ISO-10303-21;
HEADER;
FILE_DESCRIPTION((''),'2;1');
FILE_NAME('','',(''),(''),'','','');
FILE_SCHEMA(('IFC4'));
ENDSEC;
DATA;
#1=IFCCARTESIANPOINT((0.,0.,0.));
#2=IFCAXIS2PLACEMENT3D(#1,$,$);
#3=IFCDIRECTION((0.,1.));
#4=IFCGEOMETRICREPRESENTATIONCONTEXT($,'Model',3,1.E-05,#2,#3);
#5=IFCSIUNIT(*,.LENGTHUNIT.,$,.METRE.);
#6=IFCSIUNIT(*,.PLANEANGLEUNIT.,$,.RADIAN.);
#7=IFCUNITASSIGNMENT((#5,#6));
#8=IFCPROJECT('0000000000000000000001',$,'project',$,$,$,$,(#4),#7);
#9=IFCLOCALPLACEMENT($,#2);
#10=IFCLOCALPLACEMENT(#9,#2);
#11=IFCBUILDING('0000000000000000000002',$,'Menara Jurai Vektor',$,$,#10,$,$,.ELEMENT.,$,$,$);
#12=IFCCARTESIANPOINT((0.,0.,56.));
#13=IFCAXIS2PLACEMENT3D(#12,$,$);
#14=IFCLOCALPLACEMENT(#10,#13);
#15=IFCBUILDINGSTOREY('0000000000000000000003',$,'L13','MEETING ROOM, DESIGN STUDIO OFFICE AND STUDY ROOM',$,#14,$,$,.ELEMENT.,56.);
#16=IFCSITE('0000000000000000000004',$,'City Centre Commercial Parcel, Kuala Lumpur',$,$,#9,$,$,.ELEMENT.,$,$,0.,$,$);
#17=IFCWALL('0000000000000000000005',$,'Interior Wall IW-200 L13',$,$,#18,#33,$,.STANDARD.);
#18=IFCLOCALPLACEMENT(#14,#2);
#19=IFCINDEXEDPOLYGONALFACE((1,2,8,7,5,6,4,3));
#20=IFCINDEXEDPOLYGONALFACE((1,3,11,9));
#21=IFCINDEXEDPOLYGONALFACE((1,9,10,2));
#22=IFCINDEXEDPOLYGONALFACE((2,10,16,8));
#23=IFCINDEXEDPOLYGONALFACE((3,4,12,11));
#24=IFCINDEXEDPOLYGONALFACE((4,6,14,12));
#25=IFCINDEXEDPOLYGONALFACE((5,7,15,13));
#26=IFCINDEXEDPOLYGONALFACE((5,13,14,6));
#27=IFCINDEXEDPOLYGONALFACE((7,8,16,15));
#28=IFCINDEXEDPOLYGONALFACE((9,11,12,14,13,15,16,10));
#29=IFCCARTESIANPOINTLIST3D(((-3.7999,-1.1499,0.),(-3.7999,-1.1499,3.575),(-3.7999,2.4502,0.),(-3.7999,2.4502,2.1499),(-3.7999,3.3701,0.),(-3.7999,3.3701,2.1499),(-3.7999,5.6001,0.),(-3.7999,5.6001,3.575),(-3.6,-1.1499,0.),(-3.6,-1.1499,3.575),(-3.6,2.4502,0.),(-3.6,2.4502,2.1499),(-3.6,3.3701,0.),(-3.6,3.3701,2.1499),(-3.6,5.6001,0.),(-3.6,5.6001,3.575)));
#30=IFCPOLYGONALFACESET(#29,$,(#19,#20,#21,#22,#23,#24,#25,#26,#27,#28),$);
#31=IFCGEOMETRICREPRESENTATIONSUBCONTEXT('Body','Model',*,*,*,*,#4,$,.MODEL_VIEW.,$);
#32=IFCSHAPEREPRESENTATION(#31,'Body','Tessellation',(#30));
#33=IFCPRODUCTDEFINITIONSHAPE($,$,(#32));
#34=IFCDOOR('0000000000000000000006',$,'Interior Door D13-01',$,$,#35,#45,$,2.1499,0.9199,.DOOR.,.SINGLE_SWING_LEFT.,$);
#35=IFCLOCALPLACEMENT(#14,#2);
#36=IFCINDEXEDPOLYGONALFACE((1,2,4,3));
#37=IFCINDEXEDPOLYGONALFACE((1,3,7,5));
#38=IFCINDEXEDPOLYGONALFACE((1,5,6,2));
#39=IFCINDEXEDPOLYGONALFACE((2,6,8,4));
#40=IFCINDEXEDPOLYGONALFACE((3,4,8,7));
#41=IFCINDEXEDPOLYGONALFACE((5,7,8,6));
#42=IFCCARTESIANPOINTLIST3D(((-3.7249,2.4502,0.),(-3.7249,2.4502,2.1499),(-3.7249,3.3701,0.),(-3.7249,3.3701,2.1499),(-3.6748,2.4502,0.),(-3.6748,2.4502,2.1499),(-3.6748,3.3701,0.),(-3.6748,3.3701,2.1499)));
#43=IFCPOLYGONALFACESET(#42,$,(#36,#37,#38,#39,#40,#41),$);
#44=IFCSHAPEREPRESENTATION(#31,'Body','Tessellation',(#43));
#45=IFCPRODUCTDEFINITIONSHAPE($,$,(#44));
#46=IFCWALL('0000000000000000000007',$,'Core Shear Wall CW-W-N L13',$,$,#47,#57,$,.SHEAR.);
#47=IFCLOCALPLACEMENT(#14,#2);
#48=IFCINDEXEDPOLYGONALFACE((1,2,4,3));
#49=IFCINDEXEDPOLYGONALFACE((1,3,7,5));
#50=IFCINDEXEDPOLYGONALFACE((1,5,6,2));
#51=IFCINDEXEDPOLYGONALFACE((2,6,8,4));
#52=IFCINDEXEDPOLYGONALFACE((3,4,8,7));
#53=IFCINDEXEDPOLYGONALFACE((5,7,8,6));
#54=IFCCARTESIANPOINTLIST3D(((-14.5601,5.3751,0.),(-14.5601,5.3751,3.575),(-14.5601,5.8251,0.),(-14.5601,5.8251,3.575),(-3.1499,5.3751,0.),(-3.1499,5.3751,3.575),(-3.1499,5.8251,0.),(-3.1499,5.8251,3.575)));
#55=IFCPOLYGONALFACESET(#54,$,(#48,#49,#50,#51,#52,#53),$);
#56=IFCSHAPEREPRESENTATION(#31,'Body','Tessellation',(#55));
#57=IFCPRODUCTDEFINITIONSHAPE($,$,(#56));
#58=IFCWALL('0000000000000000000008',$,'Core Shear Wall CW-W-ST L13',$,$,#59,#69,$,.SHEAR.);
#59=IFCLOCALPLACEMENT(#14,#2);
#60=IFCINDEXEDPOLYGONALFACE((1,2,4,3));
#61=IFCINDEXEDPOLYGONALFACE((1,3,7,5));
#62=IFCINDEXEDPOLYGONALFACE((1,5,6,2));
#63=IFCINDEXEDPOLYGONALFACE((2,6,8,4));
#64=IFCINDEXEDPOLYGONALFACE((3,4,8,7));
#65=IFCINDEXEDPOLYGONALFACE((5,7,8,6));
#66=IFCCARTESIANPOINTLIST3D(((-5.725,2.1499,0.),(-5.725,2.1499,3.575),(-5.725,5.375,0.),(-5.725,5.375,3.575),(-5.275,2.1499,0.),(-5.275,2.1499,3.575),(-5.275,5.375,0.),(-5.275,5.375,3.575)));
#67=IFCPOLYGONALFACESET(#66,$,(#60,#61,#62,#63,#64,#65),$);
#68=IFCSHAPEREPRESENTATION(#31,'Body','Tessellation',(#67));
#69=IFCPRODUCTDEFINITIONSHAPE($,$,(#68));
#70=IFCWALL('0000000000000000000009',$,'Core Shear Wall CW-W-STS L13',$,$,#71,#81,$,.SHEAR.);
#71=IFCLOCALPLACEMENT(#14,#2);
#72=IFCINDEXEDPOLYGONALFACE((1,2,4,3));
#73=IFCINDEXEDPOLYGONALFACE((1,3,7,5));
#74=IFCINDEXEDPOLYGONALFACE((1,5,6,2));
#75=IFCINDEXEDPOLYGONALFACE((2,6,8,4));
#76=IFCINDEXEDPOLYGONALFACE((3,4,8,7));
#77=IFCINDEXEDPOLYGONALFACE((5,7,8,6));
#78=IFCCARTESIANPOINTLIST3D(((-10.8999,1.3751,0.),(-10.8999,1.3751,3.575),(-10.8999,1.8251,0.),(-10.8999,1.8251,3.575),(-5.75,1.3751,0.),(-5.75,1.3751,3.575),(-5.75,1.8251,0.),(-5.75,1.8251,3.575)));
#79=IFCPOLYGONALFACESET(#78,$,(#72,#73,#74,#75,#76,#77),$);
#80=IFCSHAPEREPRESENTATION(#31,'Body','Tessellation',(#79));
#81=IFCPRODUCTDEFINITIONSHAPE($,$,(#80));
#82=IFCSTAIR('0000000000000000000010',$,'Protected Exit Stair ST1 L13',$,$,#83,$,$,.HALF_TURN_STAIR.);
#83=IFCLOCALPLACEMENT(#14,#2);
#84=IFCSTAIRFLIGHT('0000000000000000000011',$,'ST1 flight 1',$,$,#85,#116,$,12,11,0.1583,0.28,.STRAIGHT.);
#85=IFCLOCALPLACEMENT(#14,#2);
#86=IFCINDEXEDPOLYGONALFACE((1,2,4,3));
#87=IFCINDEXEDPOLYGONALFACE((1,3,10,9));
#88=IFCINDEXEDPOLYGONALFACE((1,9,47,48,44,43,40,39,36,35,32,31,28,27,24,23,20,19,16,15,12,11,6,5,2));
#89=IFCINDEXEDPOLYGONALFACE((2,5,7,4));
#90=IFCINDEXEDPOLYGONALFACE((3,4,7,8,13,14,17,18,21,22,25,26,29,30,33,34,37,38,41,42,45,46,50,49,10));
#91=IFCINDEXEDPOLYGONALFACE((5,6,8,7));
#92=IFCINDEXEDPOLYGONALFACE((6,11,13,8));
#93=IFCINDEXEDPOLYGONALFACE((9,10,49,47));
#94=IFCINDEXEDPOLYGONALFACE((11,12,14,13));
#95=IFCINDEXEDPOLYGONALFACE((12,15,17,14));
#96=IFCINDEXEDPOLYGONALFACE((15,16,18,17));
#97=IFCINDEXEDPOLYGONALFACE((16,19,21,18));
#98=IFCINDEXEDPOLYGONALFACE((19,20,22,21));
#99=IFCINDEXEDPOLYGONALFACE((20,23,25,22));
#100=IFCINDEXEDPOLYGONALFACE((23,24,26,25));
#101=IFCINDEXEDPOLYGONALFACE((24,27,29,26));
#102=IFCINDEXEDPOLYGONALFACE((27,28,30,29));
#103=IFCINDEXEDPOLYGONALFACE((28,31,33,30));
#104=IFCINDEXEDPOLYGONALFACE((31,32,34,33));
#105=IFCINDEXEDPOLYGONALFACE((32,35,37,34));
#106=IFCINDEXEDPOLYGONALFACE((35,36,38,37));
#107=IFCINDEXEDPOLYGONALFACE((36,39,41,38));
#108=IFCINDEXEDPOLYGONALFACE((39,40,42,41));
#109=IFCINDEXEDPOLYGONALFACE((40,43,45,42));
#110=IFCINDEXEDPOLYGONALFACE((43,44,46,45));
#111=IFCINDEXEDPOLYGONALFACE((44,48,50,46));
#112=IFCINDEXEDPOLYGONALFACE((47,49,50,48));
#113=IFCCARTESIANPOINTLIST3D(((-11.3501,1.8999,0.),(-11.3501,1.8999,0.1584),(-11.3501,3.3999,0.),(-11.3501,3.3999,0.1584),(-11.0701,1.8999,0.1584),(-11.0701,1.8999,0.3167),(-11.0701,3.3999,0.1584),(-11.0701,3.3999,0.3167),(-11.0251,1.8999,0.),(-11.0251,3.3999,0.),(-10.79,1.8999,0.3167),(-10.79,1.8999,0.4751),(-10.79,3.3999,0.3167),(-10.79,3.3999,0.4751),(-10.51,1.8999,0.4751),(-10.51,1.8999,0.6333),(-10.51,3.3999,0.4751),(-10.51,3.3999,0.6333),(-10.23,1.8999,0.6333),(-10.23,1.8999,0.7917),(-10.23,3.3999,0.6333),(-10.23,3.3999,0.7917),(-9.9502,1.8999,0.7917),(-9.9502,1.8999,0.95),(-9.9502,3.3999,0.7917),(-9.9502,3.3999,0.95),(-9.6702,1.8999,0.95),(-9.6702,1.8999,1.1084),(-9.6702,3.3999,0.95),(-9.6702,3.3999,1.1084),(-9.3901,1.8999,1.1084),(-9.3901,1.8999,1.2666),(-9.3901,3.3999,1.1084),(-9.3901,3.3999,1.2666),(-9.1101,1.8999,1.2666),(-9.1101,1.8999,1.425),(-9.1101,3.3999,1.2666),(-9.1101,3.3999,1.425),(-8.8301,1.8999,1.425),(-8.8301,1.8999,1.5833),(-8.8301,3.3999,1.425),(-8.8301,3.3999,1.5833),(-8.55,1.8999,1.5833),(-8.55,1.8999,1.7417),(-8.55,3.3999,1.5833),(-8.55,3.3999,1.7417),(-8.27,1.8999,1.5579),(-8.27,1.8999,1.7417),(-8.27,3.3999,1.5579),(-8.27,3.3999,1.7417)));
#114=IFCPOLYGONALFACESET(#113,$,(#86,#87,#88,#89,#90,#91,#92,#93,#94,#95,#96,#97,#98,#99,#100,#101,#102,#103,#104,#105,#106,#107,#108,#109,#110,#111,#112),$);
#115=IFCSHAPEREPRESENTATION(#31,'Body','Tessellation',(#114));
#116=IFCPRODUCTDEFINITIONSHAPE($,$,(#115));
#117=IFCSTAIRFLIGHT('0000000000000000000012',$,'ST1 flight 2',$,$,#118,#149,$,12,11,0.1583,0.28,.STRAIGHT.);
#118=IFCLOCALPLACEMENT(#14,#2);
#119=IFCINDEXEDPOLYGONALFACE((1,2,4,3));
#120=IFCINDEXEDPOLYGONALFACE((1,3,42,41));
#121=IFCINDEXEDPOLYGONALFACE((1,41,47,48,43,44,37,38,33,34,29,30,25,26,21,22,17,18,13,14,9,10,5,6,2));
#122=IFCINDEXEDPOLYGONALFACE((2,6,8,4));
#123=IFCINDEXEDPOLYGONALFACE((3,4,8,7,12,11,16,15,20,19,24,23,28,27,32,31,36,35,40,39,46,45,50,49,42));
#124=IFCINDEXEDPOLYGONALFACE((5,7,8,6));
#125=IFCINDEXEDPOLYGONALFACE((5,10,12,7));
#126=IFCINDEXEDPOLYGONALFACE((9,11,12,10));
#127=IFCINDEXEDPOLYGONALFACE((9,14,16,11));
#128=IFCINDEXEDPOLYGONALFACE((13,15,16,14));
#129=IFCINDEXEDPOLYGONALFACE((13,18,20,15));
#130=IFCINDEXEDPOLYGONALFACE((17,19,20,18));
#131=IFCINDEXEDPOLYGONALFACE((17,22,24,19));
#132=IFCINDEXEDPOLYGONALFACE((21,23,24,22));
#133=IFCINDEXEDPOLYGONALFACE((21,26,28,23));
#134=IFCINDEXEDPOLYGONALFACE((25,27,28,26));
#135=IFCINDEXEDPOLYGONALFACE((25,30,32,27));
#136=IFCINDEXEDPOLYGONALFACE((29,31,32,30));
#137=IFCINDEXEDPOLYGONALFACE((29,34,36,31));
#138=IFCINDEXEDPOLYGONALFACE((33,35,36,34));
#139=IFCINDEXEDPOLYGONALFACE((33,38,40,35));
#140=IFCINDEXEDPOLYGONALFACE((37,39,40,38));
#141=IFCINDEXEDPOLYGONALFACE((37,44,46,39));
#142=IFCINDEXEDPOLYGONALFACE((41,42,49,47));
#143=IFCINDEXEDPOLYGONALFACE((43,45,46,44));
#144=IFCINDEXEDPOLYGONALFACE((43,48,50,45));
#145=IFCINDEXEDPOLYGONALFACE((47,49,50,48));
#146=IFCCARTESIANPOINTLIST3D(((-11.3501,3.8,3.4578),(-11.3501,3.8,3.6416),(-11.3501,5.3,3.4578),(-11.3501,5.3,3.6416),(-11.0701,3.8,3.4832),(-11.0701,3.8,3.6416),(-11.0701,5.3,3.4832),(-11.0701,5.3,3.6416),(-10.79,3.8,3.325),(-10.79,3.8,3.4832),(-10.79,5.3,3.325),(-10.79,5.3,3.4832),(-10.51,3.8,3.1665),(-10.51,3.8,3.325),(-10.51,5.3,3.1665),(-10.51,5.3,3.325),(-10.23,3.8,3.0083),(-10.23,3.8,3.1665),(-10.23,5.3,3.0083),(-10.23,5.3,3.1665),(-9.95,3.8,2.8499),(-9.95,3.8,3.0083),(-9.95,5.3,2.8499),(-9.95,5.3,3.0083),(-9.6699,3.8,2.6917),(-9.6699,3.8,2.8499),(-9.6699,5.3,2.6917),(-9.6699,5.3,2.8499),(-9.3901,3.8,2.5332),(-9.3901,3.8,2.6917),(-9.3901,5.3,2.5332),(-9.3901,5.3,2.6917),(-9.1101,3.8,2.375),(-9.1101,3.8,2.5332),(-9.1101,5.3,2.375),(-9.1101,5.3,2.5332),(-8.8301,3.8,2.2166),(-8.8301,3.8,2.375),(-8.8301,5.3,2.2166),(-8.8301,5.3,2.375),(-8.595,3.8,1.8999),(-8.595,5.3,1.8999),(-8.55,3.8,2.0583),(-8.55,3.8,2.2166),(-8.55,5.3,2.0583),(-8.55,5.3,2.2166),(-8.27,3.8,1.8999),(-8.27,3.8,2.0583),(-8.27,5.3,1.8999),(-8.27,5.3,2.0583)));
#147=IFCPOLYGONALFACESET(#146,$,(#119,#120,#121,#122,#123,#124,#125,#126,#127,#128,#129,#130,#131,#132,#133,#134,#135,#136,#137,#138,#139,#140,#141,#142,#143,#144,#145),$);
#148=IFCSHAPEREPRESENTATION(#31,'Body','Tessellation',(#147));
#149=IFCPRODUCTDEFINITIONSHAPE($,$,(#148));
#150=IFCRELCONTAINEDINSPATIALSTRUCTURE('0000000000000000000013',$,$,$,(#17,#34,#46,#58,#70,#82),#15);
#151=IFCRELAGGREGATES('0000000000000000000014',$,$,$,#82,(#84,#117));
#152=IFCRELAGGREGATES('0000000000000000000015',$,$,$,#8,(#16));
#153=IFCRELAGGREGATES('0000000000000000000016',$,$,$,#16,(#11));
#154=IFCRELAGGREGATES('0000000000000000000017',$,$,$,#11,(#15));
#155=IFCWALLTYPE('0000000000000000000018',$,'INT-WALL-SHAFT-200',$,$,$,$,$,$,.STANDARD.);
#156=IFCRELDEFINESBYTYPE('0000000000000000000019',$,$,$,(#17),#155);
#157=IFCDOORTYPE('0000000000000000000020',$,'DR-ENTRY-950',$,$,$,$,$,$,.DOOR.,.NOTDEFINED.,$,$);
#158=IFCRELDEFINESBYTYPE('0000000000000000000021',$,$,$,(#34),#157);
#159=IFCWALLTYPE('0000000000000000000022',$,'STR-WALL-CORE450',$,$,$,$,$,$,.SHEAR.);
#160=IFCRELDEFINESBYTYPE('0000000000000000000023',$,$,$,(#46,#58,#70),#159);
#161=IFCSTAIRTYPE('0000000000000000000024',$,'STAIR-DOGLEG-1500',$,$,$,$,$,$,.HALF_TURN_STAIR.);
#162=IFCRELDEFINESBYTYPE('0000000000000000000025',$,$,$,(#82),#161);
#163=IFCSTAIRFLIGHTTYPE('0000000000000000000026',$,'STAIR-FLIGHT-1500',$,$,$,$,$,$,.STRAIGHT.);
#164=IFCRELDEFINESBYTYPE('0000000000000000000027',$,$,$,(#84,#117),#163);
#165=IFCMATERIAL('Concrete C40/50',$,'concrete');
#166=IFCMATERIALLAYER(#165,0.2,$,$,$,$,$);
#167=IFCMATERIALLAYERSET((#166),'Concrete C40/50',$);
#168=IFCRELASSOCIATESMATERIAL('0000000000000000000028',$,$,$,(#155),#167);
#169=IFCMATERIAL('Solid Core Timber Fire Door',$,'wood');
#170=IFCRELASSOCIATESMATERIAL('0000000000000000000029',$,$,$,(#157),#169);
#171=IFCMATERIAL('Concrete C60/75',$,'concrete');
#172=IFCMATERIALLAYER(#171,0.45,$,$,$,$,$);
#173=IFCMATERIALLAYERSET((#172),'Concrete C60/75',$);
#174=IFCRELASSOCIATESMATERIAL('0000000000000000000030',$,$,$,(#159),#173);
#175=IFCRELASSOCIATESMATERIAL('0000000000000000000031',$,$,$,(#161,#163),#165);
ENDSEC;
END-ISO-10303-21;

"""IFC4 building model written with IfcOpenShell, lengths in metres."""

from ifc_helpers import new_model, si_unit, direction, frame, frame_2d, origin, place, context, subcontext, project, spatial, polyline, rectangle, outline, extrude, material, layer, layer_set, type_object, element, fill, aggregate, save


model = new_model("IFC4")

# Units and contexts
model_context = context("Model", 3, precision=1e-05, world=origin(), true_north=direction((0.0, 1.0)))
body_context = subcontext(model_context, "Body", "Model", "MODEL_VIEW")
ifc_project = project(units=[si_unit("LENGTHUNIT", "METRE"), si_unit("PLANEANGLEUNIT", "RADIAN")], contexts=[model_context])

# Site, building, storey
site_placement = place(None, origin())
site = spatial("IfcSite", under=ifc_project, at=site_placement, Name="City Centre Commercial Parcel, Kuala Lumpur", CompositionType="ELEMENT", RefElevation=0.0)
building_placement = place(site_placement, origin())
building = spatial("IfcBuilding", under=site, at=building_placement, Name="Menara Jurai Vektor", CompositionType="ELEMENT")
storey_placement = place(building_placement, frame((0.0, 0.0, 56.0)))
storey = spatial("IfcBuildingStorey", under=building, at=storey_placement, Name="L13", Description="MEETING ROOM, DESIGN STUDIO OFFICE AND STUDY ROOM", CompositionType="ELEMENT", Elevation=56.0)

# Shared definitions
ifc_material_1 = material(Name="Concrete C60/75", Category="concrete")

# Shared definitions
ifc_material_2 = material(Name="Concrete C40/50", Category="concrete")

# Wall, opening, door
ifc_layer_1 = layer(ifc_material_2, 0.2)
ifc_layer_set_1 = layer_set([ifc_layer_1], Name="Concrete C40/50")
wall_type_1 = type_object("IfcWallType", Name="INT-WALL-SHAFT-200", PredefinedType="STANDARD", material=ifc_layer_set_1)
wall_1_placement = place(storey_placement, frame((-3.7, -1.1499, 0.0), z_axis=(0.0, 0.0, 1.0), x_axis=(0.0, 1.0, 0.0)))
wall_1 = element("IfcWall", 1, at=wall_1_placement, inside=storey, type_object=wall_type_1, Name="Interior Wall IW-200 L13", PredefinedType="STANDARD", context=body_context, shape_type="SweptSolid", body=[
    extrude(rectangle(XDim=6.75, YDim=0.2, at=frame_2d((3.375, 0.0))), origin(), (0.0, 0.0, 1.0), 3.575),
])
opening_1_placement = place(wall_1_placement, frame((3.6001, 0.0, 0.0)))
opening_1 = element("IfcOpeningElement", 2, at=opening_1_placement, cuts=wall_1, PredefinedType="OPENING", context=body_context, shape_type="SweptSolid", body=[
    extrude(rectangle(XDim=0.9199, YDim=2.1499, at=frame_2d((0.46, 1.075))), frame((0.0, 0.1099, 0.0), z_axis=(0.0, -1.0, 0.0), x_axis=(1.0, 0.0, 0.0)), (0.0, 0.0, 1.0), 0.22),
])
ifc_material_3 = material(Name="Solid Core Timber Fire Door", Category="wood")
door_type_1 = type_object("IfcDoorType", Name="DR-ENTRY-950", OperationType="NOTDEFINED", PredefinedType="DOOR", material=ifc_material_3)
door_1_placement = place(opening_1_placement, origin())
door_1 = element("IfcDoor", 3, at=door_1_placement, inside=storey, type_object=door_type_1, Name="Interior Door D13-01", OperationType="SINGLE_SWING_LEFT", OverallHeight=2.1499, OverallWidth=0.9199, PredefinedType="DOOR", context=body_context, shape_type="SweptSolid", body=[
    extrude(rectangle(XDim=0.9199, YDim=2.1499, at=frame_2d((0.46, 1.075))), frame((0.0, 0.0249, 0.0), z_axis=(0.0, -1.0, 0.0), x_axis=(1.0, 0.0, 0.0)), (0.0, 0.0, 1.0), 0.05),
])
fill(opening_1, door_1)

# Walls
ifc_layer_2 = layer(ifc_material_1, 0.45)
ifc_layer_set_2 = layer_set([ifc_layer_2], Name="Concrete C60/75")
wall_type_2 = type_object("IfcWallType", Name="STR-WALL-CORE450", PredefinedType="SHEAR", material=ifc_layer_set_2)
wall_2_placement = place(storey_placement, frame((-14.5601, 5.6001, 0.0), z_axis=(0.0, 0.0, 1.0), x_axis=(1.0, 0.0, 0.0)))
element("IfcWall", 4, at=wall_2_placement, inside=storey, type_object=wall_type_2, Name="Core Shear Wall CW-W-N L13", PredefinedType="SHEAR", context=body_context, shape_type="SweptSolid", body=[
    extrude(rectangle(XDim=11.4102, YDim=0.45, at=frame_2d((5.7051, 0.0))), origin(), (0.0, 0.0, 1.0), 3.575),
])
wall_3_placement = place(storey_placement, frame((-5.5, 2.1499, 0.0), z_axis=(0.0, 0.0, 1.0), x_axis=(0.0, 1.0, 0.0)))
element("IfcWall", 5, at=wall_3_placement, inside=storey, type_object=wall_type_2, Name="Core Shear Wall CW-W-ST L13", PredefinedType="SHEAR", context=body_context, shape_type="SweptSolid", body=[
    extrude(rectangle(XDim=3.2251, YDim=0.45, at=frame_2d((1.6125, 0.0))), origin(), (0.0, 0.0, 1.0), 3.575),
])
wall_4_placement = place(storey_placement, frame((-10.8999, 1.6001, 0.0), z_axis=(0.0, 0.0, 1.0), x_axis=(1.0, 0.0, 0.0)))
element("IfcWall", 6, at=wall_4_placement, inside=storey, type_object=wall_type_2, Name="Core Shear Wall CW-W-STS L13", PredefinedType="SHEAR", context=body_context, shape_type="SweptSolid", body=[
    extrude(rectangle(XDim=5.1499, YDim=0.45, at=frame_2d((2.575, 0.0))), origin(), (0.0, 0.0, 1.0), 3.575),
])

# Stair, stair flights
stair_type = type_object("IfcStairType", Name="STAIR-DOGLEG-1500", PredefinedType="HALF_TURN_STAIR", material=ifc_material_2)
stair_placement = place(storey_placement, origin())
stair = element("IfcStair", 7, at=stair_placement, inside=storey, type_object=stair_type, Name="Protected Exit Stair ST1 L13", PredefinedType="HALF_TURN_STAIR")
stair_flight_type = type_object("IfcStairFlightType", Name="STAIR-FLIGHT-1500", PredefinedType="STRAIGHT", material=ifc_material_2)
stair_flight_1_placement = place(storey_placement, frame((-11.3501, 2.6499, 0.0), z_axis=(0.0, 0.0, 1.0), x_axis=(1.0, 0.0, 0.0)))
stair_flight_1 = element("IfcStairFlight", 8, at=stair_flight_1_placement, type_object=stair_flight_type, Name="ST1 flight 1", NumberOfRisers=12, NumberOfTreads=11, PredefinedType="STRAIGHT", RiserHeight=0.1583, TreadLength=0.28, context=body_context, shape_type="SweptSolid", body=[
    extrude(outline(polyline([(0.0, 0.0), (0.0, 0.1584), (0.28, 0.1584), (0.28, 0.3167), (0.5601, 0.3167), (0.5601, 0.4751), (0.8401, 0.4751), (0.8401, 0.6333), (1.1201, 0.6333), (1.1201, 0.7917), (1.3999, 0.7917), (1.3999, 0.95), (1.6799, 0.95), (1.6799, 1.1084), (1.96, 1.1084), (1.96, 1.2666), (2.24, 1.2666), (2.24, 1.425), (2.52, 1.425), (2.52, 1.5833), (2.8, 1.5833), (2.8, 1.7417), (3.0801, 1.7417), (3.0801, 1.8999), (3.0801, 1.5579), (0.325, 0.0), (0.0, 0.0)])), frame((0.0, 0.75, 0.0), z_axis=(0.0, -1.0, 0.0), x_axis=(1.0, 0.0, 0.0)), (0.0, 0.0, 1.0), 1.5),
])
stair_flight_2_placement = place(storey_placement, frame((-8.27, 4.55, 1.8999), z_axis=(0.0, 0.0, 1.0), x_axis=(-1.0, 0.0, 0.0)))
stair_flight_2 = element("IfcStairFlight", 9, at=stair_flight_2_placement, type_object=stair_flight_type, Name="ST1 flight 2", NumberOfRisers=12, NumberOfTreads=11, PredefinedType="STRAIGHT", RiserHeight=0.1583, TreadLength=0.28, context=body_context, shape_type="SweptSolid", body=[
    extrude(outline(polyline([(0.0, 0.0), (0.0, 0.1584), (0.28, 0.1584), (0.28, 0.3167), (0.5601, 0.3167), (0.5601, 0.4751), (0.8401, 0.4751), (0.8401, 0.6333), (1.1201, 0.6333), (1.1201, 0.7917), (1.3999, 0.7917), (1.3999, 0.95), (1.6799, 0.95), (1.6799, 1.1084), (1.96, 1.1084), (1.96, 1.2666), (2.24, 1.2666), (2.24, 1.425), (2.52, 1.425), (2.52, 1.5833), (2.8, 1.5833), (2.8, 1.7417), (3.0801, 1.7417), (3.0801, 1.8999), (3.0801, 1.5579), (0.325, 0.0), (0.0, 0.0)])), frame((0.0, 0.75, 0.0), z_axis=(0.0, -1.0, 0.0), x_axis=(1.0, 0.0, 0.0)), (0.0, 0.0, 1.0), 1.5),
])
aggregate(stair, [stair_flight_1, stair_flight_2])

save(model, "model.ifc")
